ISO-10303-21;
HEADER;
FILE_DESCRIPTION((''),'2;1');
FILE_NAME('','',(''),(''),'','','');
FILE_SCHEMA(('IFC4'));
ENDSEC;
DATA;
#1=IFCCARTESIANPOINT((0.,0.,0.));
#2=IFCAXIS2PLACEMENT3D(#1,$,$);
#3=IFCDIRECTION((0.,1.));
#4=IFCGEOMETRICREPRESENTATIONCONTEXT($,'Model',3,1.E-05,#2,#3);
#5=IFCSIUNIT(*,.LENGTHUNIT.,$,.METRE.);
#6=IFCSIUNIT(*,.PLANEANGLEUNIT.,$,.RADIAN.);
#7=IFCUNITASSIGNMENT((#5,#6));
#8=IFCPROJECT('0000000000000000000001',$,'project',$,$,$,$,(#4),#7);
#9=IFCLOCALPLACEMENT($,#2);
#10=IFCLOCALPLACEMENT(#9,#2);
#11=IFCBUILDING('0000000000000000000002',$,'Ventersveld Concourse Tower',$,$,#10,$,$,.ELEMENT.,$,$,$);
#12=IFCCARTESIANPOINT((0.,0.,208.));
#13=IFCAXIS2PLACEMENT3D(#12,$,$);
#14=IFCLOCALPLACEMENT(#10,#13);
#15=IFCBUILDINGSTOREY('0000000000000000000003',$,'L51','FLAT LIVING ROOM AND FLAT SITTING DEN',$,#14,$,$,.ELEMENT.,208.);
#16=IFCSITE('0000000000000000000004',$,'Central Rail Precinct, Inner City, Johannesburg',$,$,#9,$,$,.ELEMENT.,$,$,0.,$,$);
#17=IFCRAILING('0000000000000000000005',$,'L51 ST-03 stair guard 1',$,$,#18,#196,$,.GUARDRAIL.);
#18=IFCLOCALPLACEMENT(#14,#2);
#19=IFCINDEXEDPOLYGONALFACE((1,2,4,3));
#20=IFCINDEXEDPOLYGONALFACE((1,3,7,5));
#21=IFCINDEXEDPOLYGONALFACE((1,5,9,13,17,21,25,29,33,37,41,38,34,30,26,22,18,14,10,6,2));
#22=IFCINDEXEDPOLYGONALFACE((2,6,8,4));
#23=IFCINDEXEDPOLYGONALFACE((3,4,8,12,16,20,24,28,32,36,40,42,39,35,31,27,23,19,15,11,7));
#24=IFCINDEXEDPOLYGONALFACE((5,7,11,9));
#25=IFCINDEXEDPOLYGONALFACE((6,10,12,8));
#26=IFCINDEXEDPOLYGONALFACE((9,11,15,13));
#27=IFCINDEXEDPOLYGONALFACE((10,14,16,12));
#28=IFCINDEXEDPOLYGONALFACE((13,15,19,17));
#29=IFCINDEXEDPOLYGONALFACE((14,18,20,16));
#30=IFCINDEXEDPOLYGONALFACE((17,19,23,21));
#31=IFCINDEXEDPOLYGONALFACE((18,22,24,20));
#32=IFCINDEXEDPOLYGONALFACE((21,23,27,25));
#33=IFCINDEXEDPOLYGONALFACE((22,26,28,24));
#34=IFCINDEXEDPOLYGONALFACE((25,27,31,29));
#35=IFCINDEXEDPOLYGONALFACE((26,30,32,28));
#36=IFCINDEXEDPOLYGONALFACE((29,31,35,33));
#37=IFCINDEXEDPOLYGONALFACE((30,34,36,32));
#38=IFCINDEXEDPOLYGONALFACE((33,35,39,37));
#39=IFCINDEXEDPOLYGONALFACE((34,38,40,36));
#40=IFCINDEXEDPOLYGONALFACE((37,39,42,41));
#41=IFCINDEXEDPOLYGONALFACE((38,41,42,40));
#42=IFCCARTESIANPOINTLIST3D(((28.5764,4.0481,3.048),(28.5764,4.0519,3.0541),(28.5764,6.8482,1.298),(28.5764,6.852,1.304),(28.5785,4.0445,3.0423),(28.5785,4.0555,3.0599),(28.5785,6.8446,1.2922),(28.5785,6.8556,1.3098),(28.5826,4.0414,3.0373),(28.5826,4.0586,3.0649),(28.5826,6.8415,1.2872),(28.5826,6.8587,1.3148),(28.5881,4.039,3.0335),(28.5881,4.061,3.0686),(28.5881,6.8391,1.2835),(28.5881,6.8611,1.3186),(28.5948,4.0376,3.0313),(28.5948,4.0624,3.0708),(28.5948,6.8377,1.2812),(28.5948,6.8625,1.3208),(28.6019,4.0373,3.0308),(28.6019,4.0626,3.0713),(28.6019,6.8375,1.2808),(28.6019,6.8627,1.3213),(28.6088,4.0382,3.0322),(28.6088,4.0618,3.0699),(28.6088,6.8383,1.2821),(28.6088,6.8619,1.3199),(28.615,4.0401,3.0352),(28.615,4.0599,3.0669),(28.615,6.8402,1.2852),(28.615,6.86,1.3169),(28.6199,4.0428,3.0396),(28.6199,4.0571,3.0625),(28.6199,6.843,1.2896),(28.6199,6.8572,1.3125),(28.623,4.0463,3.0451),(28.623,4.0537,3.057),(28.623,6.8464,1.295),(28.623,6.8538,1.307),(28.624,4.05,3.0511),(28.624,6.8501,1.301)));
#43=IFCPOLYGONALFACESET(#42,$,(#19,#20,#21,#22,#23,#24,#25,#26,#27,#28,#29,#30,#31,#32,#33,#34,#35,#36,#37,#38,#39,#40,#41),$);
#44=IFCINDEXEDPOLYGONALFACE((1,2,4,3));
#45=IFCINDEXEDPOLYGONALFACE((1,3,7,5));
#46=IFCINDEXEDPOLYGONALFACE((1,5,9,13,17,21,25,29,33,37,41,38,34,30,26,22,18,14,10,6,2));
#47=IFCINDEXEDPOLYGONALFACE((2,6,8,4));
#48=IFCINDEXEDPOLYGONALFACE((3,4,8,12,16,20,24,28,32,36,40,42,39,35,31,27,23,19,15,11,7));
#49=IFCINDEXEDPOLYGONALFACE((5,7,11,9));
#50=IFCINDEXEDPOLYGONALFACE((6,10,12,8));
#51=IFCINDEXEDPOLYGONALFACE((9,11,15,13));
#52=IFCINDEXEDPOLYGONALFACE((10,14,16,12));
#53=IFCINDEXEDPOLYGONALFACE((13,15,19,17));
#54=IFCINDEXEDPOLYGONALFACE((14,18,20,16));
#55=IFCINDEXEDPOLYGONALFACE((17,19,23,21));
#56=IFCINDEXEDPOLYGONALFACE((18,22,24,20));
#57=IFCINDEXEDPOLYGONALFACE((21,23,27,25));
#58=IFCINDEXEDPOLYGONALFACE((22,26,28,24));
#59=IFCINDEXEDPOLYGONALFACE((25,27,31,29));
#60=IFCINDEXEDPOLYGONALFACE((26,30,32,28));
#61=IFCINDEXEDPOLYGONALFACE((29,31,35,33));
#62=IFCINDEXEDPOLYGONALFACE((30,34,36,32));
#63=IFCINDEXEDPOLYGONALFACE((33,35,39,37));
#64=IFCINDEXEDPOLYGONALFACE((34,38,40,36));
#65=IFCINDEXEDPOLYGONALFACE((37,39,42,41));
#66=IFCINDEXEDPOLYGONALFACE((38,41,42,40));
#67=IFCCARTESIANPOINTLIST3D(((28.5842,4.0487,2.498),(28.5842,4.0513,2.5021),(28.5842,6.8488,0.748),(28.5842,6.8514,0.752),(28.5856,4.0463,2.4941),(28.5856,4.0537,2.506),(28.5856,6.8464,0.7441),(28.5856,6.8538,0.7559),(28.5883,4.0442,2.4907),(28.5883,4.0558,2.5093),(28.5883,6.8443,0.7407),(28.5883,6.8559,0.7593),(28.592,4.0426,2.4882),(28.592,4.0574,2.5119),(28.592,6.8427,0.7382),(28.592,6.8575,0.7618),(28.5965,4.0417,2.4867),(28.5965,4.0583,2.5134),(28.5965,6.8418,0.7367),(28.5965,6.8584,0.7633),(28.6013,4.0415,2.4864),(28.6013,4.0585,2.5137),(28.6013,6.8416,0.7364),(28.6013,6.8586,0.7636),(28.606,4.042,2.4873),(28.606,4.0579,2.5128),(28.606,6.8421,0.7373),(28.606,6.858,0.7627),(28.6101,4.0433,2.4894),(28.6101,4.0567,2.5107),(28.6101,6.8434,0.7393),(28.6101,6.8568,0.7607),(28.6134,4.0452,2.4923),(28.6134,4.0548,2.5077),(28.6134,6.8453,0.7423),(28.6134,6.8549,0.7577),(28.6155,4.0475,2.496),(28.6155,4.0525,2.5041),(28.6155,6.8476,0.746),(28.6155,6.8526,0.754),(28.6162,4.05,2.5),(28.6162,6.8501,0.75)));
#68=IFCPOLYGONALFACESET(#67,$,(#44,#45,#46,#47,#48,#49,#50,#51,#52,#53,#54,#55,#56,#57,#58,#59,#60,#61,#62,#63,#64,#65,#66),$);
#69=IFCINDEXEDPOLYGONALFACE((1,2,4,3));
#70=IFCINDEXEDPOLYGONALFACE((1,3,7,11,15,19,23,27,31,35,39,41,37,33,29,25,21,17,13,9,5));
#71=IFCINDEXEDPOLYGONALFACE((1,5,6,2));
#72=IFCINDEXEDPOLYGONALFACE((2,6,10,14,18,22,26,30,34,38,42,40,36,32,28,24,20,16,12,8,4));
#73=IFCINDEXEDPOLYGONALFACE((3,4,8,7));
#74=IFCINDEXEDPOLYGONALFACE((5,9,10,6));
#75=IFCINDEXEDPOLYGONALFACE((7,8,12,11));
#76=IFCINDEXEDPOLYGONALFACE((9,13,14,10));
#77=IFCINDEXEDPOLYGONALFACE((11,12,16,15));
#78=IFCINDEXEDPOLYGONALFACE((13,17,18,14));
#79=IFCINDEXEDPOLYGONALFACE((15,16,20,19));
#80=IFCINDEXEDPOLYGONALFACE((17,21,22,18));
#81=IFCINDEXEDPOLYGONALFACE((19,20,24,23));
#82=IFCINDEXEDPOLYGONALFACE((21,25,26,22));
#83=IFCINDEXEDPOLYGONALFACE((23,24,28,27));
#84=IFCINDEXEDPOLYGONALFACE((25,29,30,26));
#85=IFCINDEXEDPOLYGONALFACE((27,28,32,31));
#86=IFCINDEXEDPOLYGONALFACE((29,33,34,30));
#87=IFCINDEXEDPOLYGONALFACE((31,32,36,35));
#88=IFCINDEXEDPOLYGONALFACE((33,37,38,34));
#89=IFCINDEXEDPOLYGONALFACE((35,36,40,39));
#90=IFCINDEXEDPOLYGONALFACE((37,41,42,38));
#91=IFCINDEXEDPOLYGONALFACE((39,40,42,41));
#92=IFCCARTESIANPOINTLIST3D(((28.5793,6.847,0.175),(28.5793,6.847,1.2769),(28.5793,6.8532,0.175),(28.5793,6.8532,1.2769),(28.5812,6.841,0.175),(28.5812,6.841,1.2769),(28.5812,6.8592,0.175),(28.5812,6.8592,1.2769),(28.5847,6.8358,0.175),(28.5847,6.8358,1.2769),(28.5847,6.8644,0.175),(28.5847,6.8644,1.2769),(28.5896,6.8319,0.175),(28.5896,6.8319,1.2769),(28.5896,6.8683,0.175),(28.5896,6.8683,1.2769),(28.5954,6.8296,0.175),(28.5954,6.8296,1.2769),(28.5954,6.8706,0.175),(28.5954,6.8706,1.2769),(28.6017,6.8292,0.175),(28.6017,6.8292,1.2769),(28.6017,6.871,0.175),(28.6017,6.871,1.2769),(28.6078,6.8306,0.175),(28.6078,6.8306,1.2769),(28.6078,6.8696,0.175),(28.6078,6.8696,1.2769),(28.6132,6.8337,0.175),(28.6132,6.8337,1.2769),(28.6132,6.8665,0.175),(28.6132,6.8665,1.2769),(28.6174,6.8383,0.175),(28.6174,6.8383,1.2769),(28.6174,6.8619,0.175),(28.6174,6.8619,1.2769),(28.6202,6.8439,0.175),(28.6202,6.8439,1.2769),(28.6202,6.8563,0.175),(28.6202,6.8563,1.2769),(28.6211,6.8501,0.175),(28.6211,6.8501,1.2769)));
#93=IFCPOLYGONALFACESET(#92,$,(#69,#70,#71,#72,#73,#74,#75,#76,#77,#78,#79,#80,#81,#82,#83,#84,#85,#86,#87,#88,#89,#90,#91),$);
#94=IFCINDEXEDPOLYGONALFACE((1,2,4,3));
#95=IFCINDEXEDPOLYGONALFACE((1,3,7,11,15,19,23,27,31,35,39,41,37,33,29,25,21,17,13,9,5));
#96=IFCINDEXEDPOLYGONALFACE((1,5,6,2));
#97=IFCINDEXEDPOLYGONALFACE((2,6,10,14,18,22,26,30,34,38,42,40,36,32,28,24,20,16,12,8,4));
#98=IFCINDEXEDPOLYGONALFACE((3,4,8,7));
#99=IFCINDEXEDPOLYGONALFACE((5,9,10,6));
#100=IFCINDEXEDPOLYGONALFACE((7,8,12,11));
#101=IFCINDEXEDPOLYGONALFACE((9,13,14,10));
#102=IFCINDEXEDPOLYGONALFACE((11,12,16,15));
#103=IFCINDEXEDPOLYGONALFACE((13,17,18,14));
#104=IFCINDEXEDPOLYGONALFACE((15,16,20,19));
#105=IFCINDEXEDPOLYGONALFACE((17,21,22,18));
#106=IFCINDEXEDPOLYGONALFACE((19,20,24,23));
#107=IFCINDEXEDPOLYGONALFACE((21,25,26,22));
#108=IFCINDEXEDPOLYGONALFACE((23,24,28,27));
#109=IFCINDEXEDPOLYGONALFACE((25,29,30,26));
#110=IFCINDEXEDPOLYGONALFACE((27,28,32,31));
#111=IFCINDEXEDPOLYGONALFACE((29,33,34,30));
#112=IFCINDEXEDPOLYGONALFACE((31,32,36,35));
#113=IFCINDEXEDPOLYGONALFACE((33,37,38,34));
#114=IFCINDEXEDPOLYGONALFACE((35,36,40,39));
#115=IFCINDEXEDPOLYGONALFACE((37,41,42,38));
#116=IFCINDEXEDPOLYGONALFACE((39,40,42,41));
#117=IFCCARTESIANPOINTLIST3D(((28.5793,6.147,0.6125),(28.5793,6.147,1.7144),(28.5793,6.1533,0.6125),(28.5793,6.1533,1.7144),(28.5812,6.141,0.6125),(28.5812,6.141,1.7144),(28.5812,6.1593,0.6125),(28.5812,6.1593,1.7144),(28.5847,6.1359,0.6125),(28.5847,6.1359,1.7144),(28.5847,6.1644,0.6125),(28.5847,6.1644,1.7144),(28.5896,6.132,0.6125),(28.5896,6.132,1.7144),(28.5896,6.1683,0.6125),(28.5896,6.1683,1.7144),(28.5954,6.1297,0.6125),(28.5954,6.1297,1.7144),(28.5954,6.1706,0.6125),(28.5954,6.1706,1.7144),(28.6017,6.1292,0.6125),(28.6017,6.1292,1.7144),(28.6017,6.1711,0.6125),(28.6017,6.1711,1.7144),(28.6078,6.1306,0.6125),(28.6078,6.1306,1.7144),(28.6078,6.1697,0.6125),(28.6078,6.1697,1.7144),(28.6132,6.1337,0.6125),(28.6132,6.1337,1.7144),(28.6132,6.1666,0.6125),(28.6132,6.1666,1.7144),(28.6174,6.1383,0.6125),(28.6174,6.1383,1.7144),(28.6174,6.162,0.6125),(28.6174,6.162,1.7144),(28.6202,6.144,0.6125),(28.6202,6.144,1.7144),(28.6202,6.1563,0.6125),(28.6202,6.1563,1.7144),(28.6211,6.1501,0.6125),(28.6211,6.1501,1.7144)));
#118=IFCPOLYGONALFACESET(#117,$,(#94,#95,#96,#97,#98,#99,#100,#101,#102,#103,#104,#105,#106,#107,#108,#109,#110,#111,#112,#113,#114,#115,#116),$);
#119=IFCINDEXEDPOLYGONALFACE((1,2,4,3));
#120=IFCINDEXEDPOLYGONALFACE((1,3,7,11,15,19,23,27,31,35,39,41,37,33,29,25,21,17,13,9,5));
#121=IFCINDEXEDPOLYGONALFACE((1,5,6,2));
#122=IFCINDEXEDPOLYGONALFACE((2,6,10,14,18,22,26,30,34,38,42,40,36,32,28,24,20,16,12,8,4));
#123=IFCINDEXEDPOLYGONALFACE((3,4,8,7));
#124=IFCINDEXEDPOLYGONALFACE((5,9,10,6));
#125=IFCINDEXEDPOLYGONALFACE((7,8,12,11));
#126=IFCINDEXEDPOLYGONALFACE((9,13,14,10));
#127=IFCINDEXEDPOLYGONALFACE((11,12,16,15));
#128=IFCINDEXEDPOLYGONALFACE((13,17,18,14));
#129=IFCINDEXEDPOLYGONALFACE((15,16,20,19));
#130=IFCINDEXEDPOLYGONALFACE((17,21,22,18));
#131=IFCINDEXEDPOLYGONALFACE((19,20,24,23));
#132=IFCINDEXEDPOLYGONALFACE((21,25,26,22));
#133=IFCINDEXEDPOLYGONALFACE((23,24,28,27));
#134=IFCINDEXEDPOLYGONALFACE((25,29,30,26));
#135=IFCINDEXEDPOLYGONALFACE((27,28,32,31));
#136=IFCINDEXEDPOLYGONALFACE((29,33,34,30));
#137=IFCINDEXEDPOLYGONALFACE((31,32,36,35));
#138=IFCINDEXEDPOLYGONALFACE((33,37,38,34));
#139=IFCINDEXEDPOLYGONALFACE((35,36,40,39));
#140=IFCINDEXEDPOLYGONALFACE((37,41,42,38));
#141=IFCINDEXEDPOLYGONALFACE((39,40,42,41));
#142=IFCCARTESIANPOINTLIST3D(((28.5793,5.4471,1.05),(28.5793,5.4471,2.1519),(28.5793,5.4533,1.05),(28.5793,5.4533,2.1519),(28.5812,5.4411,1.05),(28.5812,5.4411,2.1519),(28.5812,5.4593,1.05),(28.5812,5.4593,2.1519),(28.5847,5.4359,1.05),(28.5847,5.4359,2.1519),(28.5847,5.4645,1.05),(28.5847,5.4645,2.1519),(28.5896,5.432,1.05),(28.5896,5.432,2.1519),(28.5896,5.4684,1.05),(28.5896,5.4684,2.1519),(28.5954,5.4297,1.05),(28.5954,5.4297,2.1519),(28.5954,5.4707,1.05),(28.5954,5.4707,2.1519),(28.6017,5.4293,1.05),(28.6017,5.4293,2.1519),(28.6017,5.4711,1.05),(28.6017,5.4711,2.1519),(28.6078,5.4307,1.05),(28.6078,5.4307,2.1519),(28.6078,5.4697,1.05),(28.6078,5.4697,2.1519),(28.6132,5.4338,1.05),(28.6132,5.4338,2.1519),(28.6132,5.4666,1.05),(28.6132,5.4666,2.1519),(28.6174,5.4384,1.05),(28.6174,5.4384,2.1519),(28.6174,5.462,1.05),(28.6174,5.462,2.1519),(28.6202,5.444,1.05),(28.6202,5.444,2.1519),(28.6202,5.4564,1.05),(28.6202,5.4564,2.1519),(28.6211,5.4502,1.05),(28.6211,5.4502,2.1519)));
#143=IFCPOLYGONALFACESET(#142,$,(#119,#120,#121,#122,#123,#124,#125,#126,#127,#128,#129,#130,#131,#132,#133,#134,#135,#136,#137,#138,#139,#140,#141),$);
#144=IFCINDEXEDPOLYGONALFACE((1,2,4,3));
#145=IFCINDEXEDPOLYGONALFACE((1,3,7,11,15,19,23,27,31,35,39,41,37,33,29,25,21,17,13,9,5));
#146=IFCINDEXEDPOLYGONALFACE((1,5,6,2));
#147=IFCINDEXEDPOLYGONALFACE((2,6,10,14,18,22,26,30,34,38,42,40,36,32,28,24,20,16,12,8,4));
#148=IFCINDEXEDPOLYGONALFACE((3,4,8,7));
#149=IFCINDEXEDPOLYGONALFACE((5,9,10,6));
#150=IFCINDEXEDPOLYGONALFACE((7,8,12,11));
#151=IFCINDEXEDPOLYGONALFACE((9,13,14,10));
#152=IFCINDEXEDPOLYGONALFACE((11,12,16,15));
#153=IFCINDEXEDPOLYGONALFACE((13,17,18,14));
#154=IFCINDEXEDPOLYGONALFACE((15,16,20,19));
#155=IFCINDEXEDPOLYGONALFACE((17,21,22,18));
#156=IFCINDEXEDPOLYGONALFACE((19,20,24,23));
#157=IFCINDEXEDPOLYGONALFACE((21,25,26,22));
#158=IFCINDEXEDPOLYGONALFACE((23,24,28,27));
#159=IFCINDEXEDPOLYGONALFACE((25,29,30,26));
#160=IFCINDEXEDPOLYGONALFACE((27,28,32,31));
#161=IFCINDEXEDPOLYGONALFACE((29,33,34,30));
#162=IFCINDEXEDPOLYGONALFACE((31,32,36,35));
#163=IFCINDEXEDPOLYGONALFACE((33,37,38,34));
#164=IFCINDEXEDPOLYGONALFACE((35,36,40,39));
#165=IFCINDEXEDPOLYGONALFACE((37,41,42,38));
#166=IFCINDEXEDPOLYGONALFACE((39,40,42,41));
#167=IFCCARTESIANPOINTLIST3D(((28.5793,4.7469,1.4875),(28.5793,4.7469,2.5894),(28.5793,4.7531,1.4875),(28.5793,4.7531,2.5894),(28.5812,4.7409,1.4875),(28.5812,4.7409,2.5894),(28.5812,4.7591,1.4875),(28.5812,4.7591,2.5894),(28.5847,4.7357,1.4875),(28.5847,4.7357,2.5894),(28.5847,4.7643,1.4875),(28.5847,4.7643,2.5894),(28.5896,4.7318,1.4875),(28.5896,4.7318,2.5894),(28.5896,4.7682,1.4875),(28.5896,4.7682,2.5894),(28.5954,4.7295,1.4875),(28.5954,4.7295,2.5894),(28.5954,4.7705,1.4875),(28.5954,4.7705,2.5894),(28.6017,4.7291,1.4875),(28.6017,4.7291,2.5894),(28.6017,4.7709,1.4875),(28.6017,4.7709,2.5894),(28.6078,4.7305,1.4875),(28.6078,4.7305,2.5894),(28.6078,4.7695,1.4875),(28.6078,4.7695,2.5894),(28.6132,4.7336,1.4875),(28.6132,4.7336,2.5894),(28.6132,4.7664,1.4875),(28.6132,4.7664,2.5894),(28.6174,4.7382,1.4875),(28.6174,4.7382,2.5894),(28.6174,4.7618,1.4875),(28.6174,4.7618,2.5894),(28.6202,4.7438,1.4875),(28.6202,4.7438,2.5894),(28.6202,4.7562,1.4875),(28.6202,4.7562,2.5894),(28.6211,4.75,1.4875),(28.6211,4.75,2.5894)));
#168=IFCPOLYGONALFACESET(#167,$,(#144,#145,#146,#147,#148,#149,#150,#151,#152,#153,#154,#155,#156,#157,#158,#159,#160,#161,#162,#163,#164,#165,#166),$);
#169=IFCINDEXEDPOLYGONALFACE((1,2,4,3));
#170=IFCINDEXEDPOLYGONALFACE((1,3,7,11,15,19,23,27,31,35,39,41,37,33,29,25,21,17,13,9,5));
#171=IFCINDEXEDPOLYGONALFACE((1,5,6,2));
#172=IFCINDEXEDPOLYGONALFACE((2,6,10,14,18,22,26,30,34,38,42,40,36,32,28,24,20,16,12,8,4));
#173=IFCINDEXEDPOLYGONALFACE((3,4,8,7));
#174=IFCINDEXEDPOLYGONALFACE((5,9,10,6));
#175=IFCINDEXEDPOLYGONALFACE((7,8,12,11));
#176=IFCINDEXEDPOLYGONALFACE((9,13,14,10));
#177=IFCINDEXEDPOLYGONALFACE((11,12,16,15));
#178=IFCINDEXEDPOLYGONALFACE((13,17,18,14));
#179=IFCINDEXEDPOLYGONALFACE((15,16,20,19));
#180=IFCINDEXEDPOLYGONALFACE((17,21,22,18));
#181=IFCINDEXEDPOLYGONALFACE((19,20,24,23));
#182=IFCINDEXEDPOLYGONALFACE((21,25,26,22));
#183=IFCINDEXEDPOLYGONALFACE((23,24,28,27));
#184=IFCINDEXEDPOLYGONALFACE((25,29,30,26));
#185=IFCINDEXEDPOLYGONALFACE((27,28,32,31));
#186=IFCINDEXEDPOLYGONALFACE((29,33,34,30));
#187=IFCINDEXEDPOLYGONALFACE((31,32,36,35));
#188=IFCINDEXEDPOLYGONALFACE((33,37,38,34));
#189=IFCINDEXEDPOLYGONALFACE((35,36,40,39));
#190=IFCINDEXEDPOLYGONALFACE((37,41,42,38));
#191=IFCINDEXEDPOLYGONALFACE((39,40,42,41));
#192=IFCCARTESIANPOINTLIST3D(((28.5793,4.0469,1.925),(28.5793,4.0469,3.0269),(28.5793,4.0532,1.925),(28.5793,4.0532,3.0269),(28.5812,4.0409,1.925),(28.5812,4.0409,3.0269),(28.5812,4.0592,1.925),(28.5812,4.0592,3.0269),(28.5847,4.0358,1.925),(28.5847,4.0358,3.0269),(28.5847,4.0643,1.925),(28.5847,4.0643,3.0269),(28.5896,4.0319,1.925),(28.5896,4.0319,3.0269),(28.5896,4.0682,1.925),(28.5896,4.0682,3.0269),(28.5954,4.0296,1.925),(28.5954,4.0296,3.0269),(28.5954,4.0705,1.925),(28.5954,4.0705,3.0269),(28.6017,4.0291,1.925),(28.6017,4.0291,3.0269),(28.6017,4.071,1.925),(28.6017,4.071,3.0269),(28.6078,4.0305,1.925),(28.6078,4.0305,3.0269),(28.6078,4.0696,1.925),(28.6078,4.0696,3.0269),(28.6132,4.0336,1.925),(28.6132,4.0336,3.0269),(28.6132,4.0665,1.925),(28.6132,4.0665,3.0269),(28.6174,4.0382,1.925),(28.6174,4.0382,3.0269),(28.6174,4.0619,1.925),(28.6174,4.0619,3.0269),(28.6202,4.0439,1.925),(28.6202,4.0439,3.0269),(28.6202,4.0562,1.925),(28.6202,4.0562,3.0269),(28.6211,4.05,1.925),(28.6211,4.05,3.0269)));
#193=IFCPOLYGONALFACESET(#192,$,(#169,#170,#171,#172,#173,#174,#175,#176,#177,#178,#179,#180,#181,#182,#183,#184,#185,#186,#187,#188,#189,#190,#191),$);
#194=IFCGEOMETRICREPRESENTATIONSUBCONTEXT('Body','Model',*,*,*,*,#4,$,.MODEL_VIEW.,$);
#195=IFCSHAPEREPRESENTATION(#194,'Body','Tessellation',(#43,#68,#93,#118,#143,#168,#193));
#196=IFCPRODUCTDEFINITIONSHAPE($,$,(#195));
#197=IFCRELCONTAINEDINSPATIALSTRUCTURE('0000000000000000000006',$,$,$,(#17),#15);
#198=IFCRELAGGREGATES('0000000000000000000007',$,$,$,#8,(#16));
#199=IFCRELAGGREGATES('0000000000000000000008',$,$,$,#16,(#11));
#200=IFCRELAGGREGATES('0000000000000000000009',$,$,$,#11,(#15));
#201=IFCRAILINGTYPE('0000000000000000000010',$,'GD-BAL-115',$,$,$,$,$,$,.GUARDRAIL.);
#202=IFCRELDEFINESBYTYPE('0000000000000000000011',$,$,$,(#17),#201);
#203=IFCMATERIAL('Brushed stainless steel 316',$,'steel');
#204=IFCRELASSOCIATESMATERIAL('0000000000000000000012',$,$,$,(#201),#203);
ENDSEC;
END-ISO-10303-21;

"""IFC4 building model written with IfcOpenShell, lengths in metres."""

from ifc_helpers import new_model, si_unit, direction, frame, origin, origin_2d, place, context, subcontext, project, spatial, circle, extrude, material, type_object, element, save


model = new_model("IFC4")

# Units and contexts
model_context = context("Model", 3, precision=1e-05, world=origin(), true_north=direction((0.0, 1.0)))
body_context = subcontext(model_context, "Body", "Model", "MODEL_VIEW")
ifc_project = project(units=[si_unit("LENGTHUNIT", "METRE"), si_unit("PLANEANGLEUNIT", "RADIAN")], contexts=[model_context])

# Site, building, storey
site_placement = place(None, origin())
site = spatial("IfcSite", under=ifc_project, at=site_placement, Name="Central Rail Precinct, Inner City, Johannesburg", CompositionType="ELEMENT", RefElevation=0.0)
building_placement = place(site_placement, origin())
building = spatial("IfcBuilding", under=site, at=building_placement, Name="Ventersveld Concourse Tower", CompositionType="ELEMENT")
storey_placement = place(building_placement, frame((0.0, 0.0, 208.0)))
storey = spatial("IfcBuildingStorey", under=building, at=storey_placement, Name="L51", Description="FLAT LIVING ROOM AND FLAT SITTING DEN", CompositionType="ELEMENT", Elevation=208.0)

# Shared definitions
ifc_material_1 = material(Name="Brushed stainless steel 316", Category="steel")

# Railing
railing_type = type_object("IfcRailingType", Name="GD-BAL-115", PredefinedType="GUARDRAIL", material=ifc_material_1)
railing_1_placement = place(storey_placement, frame((28.6001, 6.8501, 0.175)))
element("IfcRailing", 1, at=railing_1_placement, inside=storey, type_object=railing_type, Name="L51 ST-03 stair guard 1", PredefinedType="GUARDRAIL", context=body_context, shape_type="SweptSolid", body=[
    extrude(circle(Radius=0.0239, at=origin_2d()), frame((0.0, 0.0, 1.126), z_axis=(0.0, -0.848002, 0.529992), x_axis=(1.0, 0.0, 0.0)), (0.0, 0.0, 1.0), 3.302),
    extrude(circle(Radius=0.0161, at=origin_2d()), frame((0.0, 0.0, 0.575), z_axis=(0.0, -0.848002, 0.529992), x_axis=(1.0, 0.0, 0.0)), (0.0, 0.0, 1.0), 3.302),
    extrude(circle(Radius=0.021, at=origin_2d()), origin(), (0.0, 0.0, 1.0), 1.1018),
    extrude(circle(Radius=0.021, at=origin_2d()), frame((0.0, -0.7, 0.4375)), (0.0, 0.0, 1.0), 1.1018),
    extrude(circle(Radius=0.021, at=origin_2d()), frame((0.0, -1.3999, 0.875)), (0.0, 0.0, 1.0), 1.1018),
    extrude(circle(Radius=0.021, at=origin_2d()), frame((0.0, -2.1001, 1.3125)), (0.0, 0.0, 1.0), 1.1018),
    extrude(circle(Radius=0.021, at=origin_2d()), frame((0.0, -2.8, 1.75)), (0.0, 0.0, 1.0), 1.1018),
])

save(model, "model.ifc")
